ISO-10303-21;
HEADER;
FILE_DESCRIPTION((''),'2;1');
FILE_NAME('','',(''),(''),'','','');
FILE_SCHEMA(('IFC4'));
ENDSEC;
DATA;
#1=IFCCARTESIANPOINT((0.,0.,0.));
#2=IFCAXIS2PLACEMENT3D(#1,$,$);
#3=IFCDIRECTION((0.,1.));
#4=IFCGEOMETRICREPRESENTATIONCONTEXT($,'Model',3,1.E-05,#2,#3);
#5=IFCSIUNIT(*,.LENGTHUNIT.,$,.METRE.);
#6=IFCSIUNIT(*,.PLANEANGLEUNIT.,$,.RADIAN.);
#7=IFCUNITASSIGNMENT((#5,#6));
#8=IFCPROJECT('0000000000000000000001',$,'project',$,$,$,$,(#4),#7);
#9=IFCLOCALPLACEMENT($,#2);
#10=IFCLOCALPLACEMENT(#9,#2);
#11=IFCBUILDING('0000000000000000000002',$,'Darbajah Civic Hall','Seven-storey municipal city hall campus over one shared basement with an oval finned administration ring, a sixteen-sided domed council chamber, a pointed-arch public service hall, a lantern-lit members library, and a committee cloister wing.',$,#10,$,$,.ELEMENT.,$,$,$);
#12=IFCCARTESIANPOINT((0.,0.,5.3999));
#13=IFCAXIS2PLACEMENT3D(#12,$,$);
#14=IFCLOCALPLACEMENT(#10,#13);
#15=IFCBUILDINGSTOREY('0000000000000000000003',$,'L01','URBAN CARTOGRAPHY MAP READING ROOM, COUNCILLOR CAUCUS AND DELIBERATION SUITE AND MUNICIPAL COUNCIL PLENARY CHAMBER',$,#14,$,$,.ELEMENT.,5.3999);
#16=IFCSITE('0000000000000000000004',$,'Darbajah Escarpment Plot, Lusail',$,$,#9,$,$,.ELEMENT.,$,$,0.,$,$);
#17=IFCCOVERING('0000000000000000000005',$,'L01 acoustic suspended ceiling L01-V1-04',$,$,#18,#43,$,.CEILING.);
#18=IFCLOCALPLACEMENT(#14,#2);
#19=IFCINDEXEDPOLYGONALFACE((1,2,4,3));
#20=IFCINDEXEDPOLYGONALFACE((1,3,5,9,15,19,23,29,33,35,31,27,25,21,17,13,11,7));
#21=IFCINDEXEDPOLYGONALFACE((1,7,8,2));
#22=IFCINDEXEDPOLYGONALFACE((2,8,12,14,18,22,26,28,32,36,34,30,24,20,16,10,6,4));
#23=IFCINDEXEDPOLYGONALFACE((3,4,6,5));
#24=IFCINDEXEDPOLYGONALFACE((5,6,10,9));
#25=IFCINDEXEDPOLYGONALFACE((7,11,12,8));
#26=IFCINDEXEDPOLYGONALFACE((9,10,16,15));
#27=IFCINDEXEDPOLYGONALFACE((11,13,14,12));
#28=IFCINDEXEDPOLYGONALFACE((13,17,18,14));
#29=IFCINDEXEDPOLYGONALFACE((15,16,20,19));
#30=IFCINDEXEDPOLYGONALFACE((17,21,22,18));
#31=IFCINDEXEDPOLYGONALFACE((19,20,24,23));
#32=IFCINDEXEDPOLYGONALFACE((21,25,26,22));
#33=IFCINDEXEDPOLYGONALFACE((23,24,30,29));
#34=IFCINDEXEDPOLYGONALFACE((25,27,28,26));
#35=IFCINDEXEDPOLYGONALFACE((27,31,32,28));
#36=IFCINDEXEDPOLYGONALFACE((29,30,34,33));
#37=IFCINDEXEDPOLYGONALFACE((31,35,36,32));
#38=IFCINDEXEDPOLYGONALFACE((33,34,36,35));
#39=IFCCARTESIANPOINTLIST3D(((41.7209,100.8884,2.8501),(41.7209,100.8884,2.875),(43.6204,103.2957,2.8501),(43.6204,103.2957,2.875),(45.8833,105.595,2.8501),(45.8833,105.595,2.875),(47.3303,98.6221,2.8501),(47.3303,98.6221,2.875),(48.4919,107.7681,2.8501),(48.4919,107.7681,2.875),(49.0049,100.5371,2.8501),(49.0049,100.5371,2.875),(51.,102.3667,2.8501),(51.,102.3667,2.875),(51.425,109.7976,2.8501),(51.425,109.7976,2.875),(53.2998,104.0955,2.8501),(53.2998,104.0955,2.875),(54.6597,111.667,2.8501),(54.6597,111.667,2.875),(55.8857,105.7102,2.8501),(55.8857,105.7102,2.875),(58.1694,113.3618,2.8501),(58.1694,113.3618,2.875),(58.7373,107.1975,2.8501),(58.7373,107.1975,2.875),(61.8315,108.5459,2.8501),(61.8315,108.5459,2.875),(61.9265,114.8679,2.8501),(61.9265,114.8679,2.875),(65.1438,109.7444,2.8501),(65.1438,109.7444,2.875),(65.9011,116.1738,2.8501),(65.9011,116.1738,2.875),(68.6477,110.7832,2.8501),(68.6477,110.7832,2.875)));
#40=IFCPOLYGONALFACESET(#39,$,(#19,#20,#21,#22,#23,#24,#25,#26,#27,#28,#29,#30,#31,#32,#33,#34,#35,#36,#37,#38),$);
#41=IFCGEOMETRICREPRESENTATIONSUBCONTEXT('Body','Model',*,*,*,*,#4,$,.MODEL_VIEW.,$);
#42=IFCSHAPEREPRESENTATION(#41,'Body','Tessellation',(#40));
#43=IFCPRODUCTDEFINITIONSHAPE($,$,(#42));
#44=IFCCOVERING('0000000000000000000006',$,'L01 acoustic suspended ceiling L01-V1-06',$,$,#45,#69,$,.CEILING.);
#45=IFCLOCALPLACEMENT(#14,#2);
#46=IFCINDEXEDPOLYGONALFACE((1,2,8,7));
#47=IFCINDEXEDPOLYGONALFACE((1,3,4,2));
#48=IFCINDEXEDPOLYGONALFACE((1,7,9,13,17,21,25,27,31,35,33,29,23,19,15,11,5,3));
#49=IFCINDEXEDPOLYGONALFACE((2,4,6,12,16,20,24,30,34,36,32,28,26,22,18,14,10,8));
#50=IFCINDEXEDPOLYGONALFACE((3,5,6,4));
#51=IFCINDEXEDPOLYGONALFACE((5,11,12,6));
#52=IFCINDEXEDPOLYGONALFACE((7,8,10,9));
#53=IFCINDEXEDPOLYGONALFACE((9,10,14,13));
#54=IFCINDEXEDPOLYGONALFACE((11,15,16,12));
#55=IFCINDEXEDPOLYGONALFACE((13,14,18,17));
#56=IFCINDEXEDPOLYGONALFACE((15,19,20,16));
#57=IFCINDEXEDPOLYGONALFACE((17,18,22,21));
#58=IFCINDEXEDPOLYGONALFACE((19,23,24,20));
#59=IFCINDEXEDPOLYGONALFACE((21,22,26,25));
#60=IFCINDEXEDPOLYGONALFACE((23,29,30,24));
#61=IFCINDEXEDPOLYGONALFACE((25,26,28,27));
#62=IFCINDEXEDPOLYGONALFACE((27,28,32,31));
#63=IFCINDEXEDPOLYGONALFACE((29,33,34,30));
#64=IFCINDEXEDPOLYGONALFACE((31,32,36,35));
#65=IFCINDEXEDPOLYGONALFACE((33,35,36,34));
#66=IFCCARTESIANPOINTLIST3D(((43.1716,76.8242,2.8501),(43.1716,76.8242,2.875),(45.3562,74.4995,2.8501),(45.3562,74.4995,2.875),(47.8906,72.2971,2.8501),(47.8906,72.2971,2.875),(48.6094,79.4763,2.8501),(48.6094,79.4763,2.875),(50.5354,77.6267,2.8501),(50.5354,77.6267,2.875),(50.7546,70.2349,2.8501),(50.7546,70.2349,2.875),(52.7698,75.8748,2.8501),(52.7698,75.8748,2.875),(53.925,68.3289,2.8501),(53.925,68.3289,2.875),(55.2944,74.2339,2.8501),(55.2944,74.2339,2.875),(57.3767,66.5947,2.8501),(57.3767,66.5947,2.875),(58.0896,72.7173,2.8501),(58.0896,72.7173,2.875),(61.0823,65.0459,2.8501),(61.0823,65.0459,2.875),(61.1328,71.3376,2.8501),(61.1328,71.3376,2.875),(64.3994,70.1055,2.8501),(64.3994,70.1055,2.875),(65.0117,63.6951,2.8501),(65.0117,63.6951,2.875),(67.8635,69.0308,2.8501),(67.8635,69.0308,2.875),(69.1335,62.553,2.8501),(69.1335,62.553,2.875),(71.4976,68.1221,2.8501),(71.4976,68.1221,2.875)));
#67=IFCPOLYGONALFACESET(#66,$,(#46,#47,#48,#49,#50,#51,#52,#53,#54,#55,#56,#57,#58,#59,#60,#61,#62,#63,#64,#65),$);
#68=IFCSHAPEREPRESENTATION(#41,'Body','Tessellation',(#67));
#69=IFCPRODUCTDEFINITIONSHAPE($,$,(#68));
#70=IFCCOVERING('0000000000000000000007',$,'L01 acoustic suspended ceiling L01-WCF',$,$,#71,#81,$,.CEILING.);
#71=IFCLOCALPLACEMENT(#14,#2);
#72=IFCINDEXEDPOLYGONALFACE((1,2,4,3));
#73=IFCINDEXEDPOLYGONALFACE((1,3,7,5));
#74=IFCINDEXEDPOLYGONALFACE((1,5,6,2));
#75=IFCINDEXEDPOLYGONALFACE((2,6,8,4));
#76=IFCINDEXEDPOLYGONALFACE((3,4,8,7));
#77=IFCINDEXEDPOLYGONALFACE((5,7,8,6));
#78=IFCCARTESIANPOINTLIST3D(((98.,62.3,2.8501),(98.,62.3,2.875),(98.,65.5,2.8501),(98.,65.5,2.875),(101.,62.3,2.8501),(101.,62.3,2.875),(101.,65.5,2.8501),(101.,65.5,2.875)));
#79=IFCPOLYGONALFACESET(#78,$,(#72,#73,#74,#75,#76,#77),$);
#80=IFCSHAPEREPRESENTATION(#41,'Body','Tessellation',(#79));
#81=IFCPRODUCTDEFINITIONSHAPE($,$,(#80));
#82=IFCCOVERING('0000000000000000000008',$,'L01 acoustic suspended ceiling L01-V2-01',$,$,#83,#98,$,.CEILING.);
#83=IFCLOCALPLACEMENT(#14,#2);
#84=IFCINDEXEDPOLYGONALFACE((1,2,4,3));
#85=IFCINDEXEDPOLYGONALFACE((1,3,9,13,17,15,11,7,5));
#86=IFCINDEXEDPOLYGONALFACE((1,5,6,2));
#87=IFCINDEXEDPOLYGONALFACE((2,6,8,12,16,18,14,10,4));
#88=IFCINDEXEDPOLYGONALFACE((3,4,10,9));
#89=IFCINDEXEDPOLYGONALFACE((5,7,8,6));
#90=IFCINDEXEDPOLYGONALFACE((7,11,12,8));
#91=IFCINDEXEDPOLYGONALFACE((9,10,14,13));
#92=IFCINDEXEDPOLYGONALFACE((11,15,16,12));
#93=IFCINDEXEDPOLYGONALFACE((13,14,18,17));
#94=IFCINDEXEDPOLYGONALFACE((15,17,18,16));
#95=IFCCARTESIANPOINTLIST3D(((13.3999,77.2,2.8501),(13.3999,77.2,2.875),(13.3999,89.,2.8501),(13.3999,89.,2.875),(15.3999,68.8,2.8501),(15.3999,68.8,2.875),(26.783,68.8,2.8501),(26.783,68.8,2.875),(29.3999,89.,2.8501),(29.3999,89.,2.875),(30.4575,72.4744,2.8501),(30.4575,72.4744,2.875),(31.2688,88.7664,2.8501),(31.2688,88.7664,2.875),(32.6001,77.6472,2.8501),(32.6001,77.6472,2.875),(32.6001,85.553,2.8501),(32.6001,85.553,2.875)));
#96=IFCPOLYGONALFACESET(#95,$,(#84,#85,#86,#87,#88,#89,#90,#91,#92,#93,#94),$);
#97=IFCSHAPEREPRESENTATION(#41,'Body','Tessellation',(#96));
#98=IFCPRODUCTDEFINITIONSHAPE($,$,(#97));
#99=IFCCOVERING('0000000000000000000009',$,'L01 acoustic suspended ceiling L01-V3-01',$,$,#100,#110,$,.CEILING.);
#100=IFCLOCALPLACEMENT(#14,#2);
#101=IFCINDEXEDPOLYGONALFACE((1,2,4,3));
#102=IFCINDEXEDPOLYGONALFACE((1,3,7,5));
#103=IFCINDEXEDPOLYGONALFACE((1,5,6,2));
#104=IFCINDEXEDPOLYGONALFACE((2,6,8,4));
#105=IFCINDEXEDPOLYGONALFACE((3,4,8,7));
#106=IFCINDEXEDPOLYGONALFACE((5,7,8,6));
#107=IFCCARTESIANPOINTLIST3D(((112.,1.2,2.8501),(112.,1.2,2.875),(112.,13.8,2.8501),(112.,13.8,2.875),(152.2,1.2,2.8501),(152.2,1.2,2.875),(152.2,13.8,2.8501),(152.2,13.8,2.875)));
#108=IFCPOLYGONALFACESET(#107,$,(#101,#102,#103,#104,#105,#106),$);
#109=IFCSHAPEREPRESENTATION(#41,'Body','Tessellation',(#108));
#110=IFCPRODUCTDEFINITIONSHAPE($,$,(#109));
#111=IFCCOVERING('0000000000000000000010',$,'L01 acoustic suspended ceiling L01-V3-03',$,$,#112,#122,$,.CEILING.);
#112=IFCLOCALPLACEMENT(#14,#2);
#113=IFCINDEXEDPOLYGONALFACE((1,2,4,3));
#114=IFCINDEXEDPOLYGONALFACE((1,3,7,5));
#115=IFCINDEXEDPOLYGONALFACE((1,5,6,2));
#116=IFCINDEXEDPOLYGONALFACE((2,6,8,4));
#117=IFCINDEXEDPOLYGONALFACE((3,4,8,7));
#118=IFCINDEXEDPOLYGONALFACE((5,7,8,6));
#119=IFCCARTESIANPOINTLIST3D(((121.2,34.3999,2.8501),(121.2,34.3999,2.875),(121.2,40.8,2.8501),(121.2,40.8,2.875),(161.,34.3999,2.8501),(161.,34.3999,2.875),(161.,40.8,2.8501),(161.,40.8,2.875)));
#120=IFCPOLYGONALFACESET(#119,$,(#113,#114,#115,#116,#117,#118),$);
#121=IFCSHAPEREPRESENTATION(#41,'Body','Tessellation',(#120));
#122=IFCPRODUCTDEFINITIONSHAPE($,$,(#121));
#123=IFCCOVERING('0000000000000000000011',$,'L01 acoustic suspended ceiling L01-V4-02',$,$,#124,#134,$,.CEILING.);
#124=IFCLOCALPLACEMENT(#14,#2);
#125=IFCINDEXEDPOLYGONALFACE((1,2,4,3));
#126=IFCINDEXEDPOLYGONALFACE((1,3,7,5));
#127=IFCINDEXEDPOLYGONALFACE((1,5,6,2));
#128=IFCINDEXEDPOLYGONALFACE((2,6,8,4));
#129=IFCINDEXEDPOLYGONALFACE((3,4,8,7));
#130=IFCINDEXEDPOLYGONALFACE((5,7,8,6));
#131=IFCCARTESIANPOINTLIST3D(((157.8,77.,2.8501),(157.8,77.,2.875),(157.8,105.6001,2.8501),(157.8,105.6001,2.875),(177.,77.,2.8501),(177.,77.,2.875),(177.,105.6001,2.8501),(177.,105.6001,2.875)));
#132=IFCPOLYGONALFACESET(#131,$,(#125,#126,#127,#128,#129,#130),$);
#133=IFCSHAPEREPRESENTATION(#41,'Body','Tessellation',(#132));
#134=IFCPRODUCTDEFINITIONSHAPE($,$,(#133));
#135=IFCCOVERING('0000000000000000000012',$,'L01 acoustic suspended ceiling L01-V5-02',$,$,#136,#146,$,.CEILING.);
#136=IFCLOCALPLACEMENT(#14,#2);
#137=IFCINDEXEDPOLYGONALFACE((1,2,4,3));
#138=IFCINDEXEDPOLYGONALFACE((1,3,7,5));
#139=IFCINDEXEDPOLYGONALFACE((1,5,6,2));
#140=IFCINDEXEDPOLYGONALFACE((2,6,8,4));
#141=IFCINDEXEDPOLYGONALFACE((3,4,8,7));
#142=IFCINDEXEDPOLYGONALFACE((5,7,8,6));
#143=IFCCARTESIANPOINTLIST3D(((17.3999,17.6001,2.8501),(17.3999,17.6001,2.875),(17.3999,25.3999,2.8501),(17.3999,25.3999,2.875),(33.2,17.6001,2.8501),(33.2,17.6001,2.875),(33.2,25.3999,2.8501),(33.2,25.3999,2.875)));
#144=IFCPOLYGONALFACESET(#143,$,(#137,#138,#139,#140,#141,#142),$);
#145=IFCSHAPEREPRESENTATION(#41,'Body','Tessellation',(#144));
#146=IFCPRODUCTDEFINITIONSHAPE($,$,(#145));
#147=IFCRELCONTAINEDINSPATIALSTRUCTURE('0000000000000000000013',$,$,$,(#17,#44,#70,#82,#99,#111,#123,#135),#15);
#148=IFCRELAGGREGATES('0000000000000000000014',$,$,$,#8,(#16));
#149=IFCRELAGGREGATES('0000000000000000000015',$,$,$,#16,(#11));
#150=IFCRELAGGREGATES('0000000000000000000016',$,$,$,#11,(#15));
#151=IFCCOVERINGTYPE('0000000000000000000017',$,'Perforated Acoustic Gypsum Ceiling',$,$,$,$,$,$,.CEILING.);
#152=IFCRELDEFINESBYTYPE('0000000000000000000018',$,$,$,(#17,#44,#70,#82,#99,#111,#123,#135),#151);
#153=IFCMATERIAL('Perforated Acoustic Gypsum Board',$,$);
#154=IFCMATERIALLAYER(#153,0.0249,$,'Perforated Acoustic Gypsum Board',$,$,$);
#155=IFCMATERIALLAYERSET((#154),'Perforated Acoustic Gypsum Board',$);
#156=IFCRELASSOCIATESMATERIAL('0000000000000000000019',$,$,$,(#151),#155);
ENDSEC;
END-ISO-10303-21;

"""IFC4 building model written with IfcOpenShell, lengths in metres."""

from ifc_helpers import new_model, si_unit, direction, frame, origin, place, context, subcontext, project, spatial, polyline, outline, extrude, material, layer, layer_set, type_object, element, save


model = new_model("IFC4")

# Units and contexts
model_context = context("Model", 3, precision=1e-05, world=origin(), true_north=direction((0.0, 1.0)))
body_context = subcontext(model_context, "Body", "Model", "MODEL_VIEW")
ifc_project = project(units=[si_unit("LENGTHUNIT", "METRE"), si_unit("PLANEANGLEUNIT", "RADIAN")], contexts=[model_context])

# Site, building, storey
site_placement = place(None, origin())
site = spatial("IfcSite", under=ifc_project, at=site_placement, Name="Darbajah Escarpment Plot, Lusail", CompositionType="ELEMENT", RefElevation=0.0)
building_placement = place(site_placement, origin())
building = spatial("IfcBuilding", under=site, at=building_placement, Name="Darbajah Civic Hall", Description="Seven-storey municipal city hall campus over one shared basement with an oval finned administration ring, a sixteen-sided domed council chamber, a pointed-arch public service hall, a lantern-lit members library, and a committee cloister wing.", CompositionType="ELEMENT")
storey_placement = place(building_placement, frame((0.0, 0.0, 5.3999)))
storey = spatial("IfcBuildingStorey", under=building, at=storey_placement, Name="L01", Description="URBAN CARTOGRAPHY MAP READING ROOM, COUNCILLOR CAUCUS AND DELIBERATION SUITE AND MUNICIPAL COUNCIL PLENARY CHAMBER", CompositionType="ELEMENT", Elevation=5.3999)

# Coverings
ifc_material_1 = material(Name="Perforated Acoustic Gypsum Board")
ifc_layer_1 = layer(ifc_material_1, 0.0249, Name="Perforated Acoustic Gypsum Board")
ifc_layer_set_1 = layer_set([ifc_layer_1], Name="Perforated Acoustic Gypsum Board")
covering_type_1 = type_object("IfcCoveringType", Name="Perforated Acoustic Gypsum Ceiling", PredefinedType="CEILING", material=ifc_layer_set_1)
covering_1_placement = place(storey_placement, frame((0.0, 0.0, 2.8501)))
element("IfcCovering", 1, at=covering_1_placement, inside=storey, type_object=covering_type_1, Name="L01 acoustic suspended ceiling L01-V1-04", PredefinedType="CEILING", context=body_context, shape_type="SweptSolid", body=[
    extrude(outline(polyline([(65.9011, 116.1738), (61.9265, 114.8679), (58.1694, 113.3618), (54.6597, 111.667), (51.425, 109.7976), (48.4919, 107.7681), (45.8833, 105.595), (43.6204, 103.2957), (41.7209, 100.8884), (47.3303, 98.6221), (49.0049, 100.5371), (51.0, 102.3667), (53.2998, 104.0955), (55.8857, 105.7102), (58.7373, 107.1975), (61.8315, 108.5459), (65.1438, 109.7444), (68.6477, 110.7832), (65.9011, 116.1738)])), origin(), (0.0, 0.0, 1.0), 0.0249),
])
covering_2_placement = place(storey_placement, frame((0.0, 0.0, 2.8501)))
element("IfcCovering", 2, at=covering_2_placement, inside=storey, type_object=covering_type_1, Name="L01 acoustic suspended ceiling L01-V1-06", PredefinedType="CEILING", context=body_context, shape_type="SweptSolid", body=[
    extrude(outline(polyline([(43.1716, 76.8242), (45.3562, 74.4995), (47.8906, 72.2971), (50.7546, 70.2349), (53.925, 68.3289), (57.3767, 66.5947), (61.0823, 65.0459), (65.0117, 63.6951), (69.1335, 62.553), (71.4976, 68.1221), (67.8635, 69.0308), (64.3994, 70.1055), (61.1328, 71.3376), (58.0896, 72.7173), (55.2944, 74.2339), (52.7698, 75.8748), (50.5354, 77.6267), (48.6094, 79.4763), (43.1716, 76.8242)])), origin(), (0.0, 0.0, 1.0), 0.0249),
])
covering_3_placement = place(storey_placement, frame((0.0, 0.0, 2.8501)))
element("IfcCovering", 3, at=covering_3_placement, inside=storey, type_object=covering_type_1, Name="L01 acoustic suspended ceiling L01-WCF", PredefinedType="CEILING", context=body_context, shape_type="SweptSolid", body=[
    extrude(outline(polyline([(98.0, 62.3), (101.0, 62.3), (101.0, 65.5), (98.0, 65.5), (98.0, 62.3)])), origin(), (0.0, 0.0, 1.0), 0.0249),
])
covering_4_placement = place(storey_placement, frame((0.0, 0.0, 2.8501)))
element("IfcCovering", 4, at=covering_4_placement, inside=storey, type_object=covering_type_1, Name="L01 acoustic suspended ceiling L01-V2-01", PredefinedType="CEILING", context=body_context, shape_type="SweptSolid", body=[
    extrude(outline(polyline([(13.3999, 77.2), (13.3999, 89.0), (29.3999, 89.0), (31.2688, 88.7664), (32.6001, 85.553), (32.6001, 77.6472), (30.4575, 72.4744), (26.783, 68.8), (15.3999, 68.8), (13.3999, 77.2)])), origin(), (0.0, 0.0, 1.0), 0.0249),
])
covering_5_placement = place(storey_placement, frame((0.0, 0.0, 2.8501)))
element("IfcCovering", 5, at=covering_5_placement, inside=storey, type_object=covering_type_1, Name="L01 acoustic suspended ceiling L01-V3-01", PredefinedType="CEILING", context=body_context, shape_type="SweptSolid", body=[
    extrude(outline(polyline([(112.0, 1.2), (152.2, 1.2), (152.2, 13.8), (112.0, 13.8), (112.0, 1.2)])), origin(), (0.0, 0.0, 1.0), 0.0249),
])
covering_6_placement = place(storey_placement, frame((0.0, 0.0, 2.8501)))
element("IfcCovering", 6, at=covering_6_placement, inside=storey, type_object=covering_type_1, Name="L01 acoustic suspended ceiling L01-V3-03", PredefinedType="CEILING", context=body_context, shape_type="SweptSolid", body=[
    extrude(outline(polyline([(121.2, 34.3999), (161.0, 34.3999), (161.0, 40.8), (121.2, 40.8), (121.2, 34.3999)])), origin(), (0.0, 0.0, 1.0), 0.0249),
])
covering_7_placement = place(storey_placement, frame((0.0, 0.0, 2.8501)))
element("IfcCovering", 7, at=covering_7_placement, inside=storey, type_object=covering_type_1, Name="L01 acoustic suspended ceiling L01-V4-02", PredefinedType="CEILING", context=body_context, shape_type="SweptSolid", body=[
    extrude(outline(polyline([(157.8, 77.0), (177.0, 77.0), (177.0, 105.6001), (157.8, 105.6001), (157.8, 77.0)])), origin(), (0.0, 0.0, 1.0), 0.0249),
])
covering_8_placement = place(storey_placement, frame((0.0, 0.0, 2.8501)))
element("IfcCovering", 8, at=covering_8_placement, inside=storey, type_object=covering_type_1, Name="L01 acoustic suspended ceiling L01-V5-02", PredefinedType="CEILING", context=body_context, shape_type="SweptSolid", body=[
    extrude(outline(polyline([(17.3999, 17.6001), (33.2, 17.6001), (33.2, 25.3999), (17.3999, 25.3999), (17.3999, 17.6001)])), origin(), (0.0, 0.0, 1.0), 0.0249),
])

save(model, "model.ifc")
